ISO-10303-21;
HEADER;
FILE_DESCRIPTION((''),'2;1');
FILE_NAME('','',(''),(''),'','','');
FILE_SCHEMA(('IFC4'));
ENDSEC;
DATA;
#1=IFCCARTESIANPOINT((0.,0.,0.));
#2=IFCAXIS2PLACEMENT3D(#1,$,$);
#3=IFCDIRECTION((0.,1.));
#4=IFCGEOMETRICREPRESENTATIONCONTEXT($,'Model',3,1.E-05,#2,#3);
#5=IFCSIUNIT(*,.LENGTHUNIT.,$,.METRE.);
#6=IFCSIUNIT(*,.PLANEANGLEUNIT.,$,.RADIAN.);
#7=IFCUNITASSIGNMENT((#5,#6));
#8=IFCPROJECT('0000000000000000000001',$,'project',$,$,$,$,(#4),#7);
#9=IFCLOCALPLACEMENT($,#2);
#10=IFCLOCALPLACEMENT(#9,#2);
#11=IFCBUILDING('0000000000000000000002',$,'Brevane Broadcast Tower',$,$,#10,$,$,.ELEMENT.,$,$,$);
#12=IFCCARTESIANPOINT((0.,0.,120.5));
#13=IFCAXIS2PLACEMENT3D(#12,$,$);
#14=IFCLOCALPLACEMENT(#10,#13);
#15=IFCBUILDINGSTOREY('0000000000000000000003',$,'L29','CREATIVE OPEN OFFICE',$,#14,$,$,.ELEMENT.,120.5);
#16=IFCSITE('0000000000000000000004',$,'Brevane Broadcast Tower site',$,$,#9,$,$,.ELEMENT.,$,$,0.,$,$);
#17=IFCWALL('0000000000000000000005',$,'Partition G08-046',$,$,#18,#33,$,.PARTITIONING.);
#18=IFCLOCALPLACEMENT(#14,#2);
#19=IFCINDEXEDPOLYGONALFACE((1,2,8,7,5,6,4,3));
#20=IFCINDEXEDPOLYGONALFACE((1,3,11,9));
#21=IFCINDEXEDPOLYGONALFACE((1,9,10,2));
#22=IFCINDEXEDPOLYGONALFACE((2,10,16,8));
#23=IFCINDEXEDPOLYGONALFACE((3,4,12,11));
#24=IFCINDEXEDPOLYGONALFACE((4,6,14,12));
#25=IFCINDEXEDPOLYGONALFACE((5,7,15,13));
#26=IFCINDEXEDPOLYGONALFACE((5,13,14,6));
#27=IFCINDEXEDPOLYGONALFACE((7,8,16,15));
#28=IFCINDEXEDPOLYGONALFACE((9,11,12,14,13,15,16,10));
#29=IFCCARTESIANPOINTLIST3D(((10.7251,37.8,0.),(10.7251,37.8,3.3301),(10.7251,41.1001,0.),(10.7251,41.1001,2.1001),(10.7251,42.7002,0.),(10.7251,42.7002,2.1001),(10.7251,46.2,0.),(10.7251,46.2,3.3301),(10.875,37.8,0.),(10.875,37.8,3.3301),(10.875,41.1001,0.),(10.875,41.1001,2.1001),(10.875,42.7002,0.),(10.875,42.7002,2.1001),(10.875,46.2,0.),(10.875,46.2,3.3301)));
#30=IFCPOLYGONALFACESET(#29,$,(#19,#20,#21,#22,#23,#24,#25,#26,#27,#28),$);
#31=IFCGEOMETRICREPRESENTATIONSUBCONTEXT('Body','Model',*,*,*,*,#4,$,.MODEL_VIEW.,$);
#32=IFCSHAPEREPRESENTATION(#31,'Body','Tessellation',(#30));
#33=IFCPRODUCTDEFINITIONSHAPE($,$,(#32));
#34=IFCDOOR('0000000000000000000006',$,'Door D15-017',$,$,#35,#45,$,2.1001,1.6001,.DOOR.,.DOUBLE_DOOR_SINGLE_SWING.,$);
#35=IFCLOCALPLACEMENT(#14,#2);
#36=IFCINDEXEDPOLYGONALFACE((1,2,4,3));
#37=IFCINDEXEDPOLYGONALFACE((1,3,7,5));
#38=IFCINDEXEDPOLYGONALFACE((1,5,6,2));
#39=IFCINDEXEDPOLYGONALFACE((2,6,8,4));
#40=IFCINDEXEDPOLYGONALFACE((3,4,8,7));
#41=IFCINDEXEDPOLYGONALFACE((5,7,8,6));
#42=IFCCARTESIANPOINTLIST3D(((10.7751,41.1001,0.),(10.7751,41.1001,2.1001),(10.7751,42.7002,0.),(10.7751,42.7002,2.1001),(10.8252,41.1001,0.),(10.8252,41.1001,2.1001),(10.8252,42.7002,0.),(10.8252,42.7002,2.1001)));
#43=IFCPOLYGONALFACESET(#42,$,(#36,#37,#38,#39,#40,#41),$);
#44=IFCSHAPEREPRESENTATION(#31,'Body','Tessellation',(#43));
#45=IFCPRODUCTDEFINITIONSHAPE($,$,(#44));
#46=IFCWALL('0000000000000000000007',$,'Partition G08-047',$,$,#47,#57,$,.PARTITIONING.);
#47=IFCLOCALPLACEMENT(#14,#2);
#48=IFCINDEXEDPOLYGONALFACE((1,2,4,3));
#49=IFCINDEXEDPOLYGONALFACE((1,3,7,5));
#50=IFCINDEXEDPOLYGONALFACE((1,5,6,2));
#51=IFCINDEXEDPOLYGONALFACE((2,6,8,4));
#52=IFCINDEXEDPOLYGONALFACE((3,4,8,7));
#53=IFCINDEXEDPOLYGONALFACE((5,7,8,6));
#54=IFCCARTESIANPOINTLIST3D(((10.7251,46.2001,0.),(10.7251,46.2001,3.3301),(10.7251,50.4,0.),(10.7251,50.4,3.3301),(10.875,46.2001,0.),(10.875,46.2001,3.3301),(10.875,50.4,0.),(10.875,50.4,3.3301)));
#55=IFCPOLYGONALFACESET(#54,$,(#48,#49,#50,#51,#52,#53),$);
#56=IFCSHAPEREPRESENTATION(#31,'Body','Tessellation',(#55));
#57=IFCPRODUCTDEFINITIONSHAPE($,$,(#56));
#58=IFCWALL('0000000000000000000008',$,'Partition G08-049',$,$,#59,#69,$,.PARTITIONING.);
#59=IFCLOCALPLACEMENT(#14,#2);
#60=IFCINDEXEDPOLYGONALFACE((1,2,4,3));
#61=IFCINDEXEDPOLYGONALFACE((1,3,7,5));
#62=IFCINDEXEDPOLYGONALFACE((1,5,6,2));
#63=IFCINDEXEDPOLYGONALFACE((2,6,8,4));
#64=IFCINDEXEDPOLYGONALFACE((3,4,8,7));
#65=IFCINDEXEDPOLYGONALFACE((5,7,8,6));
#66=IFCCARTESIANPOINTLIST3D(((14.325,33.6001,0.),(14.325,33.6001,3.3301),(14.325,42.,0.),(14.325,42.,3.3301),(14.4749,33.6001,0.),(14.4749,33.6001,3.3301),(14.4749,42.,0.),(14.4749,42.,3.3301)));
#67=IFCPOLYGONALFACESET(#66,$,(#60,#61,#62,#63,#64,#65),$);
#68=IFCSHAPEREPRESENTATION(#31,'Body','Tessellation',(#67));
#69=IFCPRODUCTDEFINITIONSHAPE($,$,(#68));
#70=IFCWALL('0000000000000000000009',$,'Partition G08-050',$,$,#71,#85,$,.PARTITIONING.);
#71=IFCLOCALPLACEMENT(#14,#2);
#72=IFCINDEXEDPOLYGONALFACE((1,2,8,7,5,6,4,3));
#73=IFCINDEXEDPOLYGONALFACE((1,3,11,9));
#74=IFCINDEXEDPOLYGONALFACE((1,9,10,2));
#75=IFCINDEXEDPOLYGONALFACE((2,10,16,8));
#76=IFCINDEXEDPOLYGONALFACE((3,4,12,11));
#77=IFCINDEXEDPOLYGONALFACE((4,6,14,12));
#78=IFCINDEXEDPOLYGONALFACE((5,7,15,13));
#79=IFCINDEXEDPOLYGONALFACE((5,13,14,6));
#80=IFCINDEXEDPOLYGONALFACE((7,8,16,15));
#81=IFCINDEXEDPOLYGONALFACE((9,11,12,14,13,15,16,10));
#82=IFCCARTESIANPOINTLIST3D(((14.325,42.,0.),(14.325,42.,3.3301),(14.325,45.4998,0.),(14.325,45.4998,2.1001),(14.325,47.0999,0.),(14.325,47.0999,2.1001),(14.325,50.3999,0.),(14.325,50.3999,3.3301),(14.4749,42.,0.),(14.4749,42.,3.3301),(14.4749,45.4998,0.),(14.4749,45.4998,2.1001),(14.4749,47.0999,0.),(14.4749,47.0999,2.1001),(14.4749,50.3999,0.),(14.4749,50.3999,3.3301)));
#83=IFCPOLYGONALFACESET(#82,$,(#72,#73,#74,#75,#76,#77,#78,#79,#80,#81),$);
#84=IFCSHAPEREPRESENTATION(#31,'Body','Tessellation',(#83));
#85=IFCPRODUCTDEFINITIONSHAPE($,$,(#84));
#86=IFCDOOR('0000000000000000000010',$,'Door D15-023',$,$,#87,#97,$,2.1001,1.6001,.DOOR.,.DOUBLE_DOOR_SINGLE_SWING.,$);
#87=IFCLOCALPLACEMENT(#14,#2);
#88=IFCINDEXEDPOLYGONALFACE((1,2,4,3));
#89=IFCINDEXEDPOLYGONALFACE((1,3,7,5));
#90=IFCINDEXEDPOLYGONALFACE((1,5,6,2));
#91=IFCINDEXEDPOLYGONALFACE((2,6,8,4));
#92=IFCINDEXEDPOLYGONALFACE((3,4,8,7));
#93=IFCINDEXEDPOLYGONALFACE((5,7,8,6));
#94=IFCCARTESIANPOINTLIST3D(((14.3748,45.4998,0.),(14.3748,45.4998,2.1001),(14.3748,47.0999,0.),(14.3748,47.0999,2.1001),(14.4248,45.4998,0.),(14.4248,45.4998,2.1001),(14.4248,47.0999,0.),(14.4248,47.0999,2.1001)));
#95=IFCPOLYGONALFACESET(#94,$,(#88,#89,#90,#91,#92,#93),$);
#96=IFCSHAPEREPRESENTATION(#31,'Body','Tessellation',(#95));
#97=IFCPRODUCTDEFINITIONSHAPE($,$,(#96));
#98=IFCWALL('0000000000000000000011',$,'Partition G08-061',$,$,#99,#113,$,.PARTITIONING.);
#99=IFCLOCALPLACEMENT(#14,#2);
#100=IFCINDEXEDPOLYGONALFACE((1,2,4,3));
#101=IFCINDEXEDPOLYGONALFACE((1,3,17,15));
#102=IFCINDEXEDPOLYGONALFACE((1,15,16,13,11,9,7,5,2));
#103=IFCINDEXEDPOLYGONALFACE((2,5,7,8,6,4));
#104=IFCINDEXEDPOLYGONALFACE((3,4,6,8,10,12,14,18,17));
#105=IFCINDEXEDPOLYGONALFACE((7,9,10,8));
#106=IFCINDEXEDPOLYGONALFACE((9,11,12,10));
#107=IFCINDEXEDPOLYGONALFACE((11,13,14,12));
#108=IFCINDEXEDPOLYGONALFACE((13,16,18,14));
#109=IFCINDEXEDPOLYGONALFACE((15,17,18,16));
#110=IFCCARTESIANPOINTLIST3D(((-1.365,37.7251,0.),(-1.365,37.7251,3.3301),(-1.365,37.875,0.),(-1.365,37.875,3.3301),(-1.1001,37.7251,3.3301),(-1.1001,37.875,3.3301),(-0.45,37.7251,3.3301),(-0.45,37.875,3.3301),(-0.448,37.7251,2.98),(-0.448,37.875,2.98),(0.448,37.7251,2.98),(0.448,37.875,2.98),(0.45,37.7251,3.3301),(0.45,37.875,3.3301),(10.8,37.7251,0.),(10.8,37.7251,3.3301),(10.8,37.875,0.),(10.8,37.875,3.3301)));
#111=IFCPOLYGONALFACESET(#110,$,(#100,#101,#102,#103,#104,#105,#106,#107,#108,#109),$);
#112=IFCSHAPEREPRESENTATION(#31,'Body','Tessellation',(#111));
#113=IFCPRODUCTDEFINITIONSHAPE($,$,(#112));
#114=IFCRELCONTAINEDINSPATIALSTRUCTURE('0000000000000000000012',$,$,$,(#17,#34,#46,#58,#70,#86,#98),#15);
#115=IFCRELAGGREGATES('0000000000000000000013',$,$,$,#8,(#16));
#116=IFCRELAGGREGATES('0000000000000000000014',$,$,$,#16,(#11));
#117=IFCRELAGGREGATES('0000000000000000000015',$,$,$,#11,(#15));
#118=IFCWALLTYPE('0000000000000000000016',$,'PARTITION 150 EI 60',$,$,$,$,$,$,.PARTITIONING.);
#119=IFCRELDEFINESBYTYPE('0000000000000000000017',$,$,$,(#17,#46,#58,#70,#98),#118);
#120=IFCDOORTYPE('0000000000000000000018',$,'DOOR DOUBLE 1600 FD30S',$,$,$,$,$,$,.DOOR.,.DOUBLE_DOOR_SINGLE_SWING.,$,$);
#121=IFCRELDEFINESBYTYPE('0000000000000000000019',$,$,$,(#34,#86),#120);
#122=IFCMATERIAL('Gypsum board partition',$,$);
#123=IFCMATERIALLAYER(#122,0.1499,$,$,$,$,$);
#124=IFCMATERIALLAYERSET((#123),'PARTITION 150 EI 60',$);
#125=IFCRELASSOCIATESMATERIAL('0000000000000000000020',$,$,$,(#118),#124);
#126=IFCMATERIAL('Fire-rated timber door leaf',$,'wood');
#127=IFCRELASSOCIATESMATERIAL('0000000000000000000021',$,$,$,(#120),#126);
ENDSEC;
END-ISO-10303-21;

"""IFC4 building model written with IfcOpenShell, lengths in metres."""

from ifc_helpers import new_model, si_unit, direction, frame, frame_2d, origin, place, context, subcontext, project, spatial, polyline, rectangle, outline, extrude, material, layer, layer_set, type_object, element, fill, save


model = new_model("IFC4")

# Units and contexts
model_context = context("Model", 3, precision=1e-05, world=origin(), true_north=direction((0.0, 1.0)))
body_context = subcontext(model_context, "Body", "Model", "MODEL_VIEW")
ifc_project = project(units=[si_unit("LENGTHUNIT", "METRE"), si_unit("PLANEANGLEUNIT", "RADIAN")], contexts=[model_context])

# Site, building, storey
site_placement = place(None, origin())
site = spatial("IfcSite", under=ifc_project, at=site_placement, Name="Brevane Broadcast Tower site", CompositionType="ELEMENT", RefElevation=0.0)
building_placement = place(site_placement, origin())
building = spatial("IfcBuilding", under=site, at=building_placement, Name="Brevane Broadcast Tower", CompositionType="ELEMENT")
storey_placement = place(building_placement, frame((0.0, 0.0, 120.5)))
storey = spatial("IfcBuildingStorey", under=building, at=storey_placement, Name="L29", Description="CREATIVE OPEN OFFICE", CompositionType="ELEMENT", Elevation=120.5)

# Shared definitions
ifc_material_1 = material(Name="Gypsum board partition")

# Shared definitions
ifc_layer_1 = layer(ifc_material_1, 0.1499)
ifc_layer_set_1 = layer_set([ifc_layer_1], Name="PARTITION 150 EI 60")
wall_type_1 = type_object("IfcWallType", Name="PARTITION 150 EI 60", PredefinedType="PARTITIONING", material=ifc_layer_set_1)

# Wall, opening, door
wall_1_placement = place(storey_placement, frame((10.8, 37.8, 0.0), z_axis=(0.0, 0.0, 1.0), x_axis=(0.0, 1.0, 0.0)))
wall_1 = element("IfcWall", 1, at=wall_1_placement, inside=storey, type_object=wall_type_1, Name="Partition G08-046", PredefinedType="PARTITIONING", context=body_context, shape_type="SweptSolid", body=[
    extrude(rectangle(XDim=8.3999, YDim=0.1499, at=frame_2d((4.2, 0.0))), origin(), (0.0, 0.0, 1.0), 3.3301),
])
opening_1_placement = place(wall_1_placement, frame((3.3, 0.0, 0.0)))
opening_1 = element("IfcOpeningElement", 2, at=opening_1_placement, cuts=wall_1, PredefinedType="OPENING", context=body_context, shape_type="SweptSolid", body=[
    extrude(rectangle(XDim=1.6001, YDim=2.1001, at=frame_2d((0.8, 1.05))), frame((0.0, 0.085, 0.0), z_axis=(0.0, -1.0, 0.0), x_axis=(1.0, 0.0, 0.0)), (0.0, 0.0, 1.0), 0.1699),
])
ifc_material_2 = material(Name="Fire-rated timber door leaf", Category="wood")
door_type_1 = type_object("IfcDoorType", Name="DOOR DOUBLE 1600 FD30S", OperationType="DOUBLE_DOOR_SINGLE_SWING", PredefinedType="DOOR", material=ifc_material_2)
door_1_placement = place(opening_1_placement, origin())
door_1 = element("IfcDoor", 3, at=door_1_placement, inside=storey, type_object=door_type_1, Name="Door D15-017", OperationType="DOUBLE_DOOR_SINGLE_SWING", OverallHeight=2.1001, OverallWidth=1.6001, PredefinedType="DOOR", context=body_context, shape_type="SweptSolid", body=[
    extrude(rectangle(XDim=1.6001, YDim=2.1001, at=frame_2d((0.8, 1.05))), frame((0.0, 0.0249, 0.0), z_axis=(0.0, -1.0, 0.0), x_axis=(1.0, 0.0, 0.0)), (0.0, 0.0, 1.0), 0.05),
])
fill(opening_1, door_1)

# Walls
wall_2_placement = place(storey_placement, frame((10.8, 46.2, 0.0), z_axis=(0.0, 0.0, 1.0), x_axis=(0.0, 1.0, 0.0)))
element("IfcWall", 4, at=wall_2_placement, inside=storey, type_object=wall_type_1, Name="Partition G08-047", PredefinedType="PARTITIONING", context=body_context, shape_type="SweptSolid", body=[
    extrude(rectangle(XDim=4.2, YDim=0.1499, at=frame_2d((2.1001, 0.0))), origin(), (0.0, 0.0, 1.0), 3.3301),
])
wall_3_placement = place(storey_placement, frame((14.3999, 42.0, 0.0), z_axis=(0.0, 0.0, 1.0), x_axis=(0.0, -1.0, 0.0)))
element("IfcWall", 5, at=wall_3_placement, inside=storey, type_object=wall_type_1, Name="Partition G08-049", PredefinedType="PARTITIONING", context=body_context, shape_type="SweptSolid", body=[
    extrude(rectangle(XDim=8.3999, YDim=0.1499, at=frame_2d((4.2, 0.0))), origin(), (0.0, 0.0, 1.0), 3.3301),
])

# Wall, opening, door
wall_4_placement = place(storey_placement, frame((14.3999, 50.3999, 0.0), z_axis=(0.0, 0.0, 1.0), x_axis=(0.0, -1.0, 0.0)))
wall_4 = element("IfcWall", 6, at=wall_4_placement, inside=storey, type_object=wall_type_1, Name="Partition G08-050", PredefinedType="PARTITIONING", context=body_context, shape_type="SweptSolid", body=[
    extrude(rectangle(XDim=8.3999, YDim=0.1499, at=frame_2d((4.2, 0.0))), origin(), (0.0, 0.0, 1.0), 3.3301),
])
opening_2_placement = place(wall_4_placement, frame((3.3, 0.0, 0.0)))
opening_2 = element("IfcOpeningElement", 7, at=opening_2_placement, cuts=wall_4, PredefinedType="OPENING", context=body_context, shape_type="SweptSolid", body=[
    extrude(rectangle(XDim=1.6001, YDim=2.1001, at=frame_2d((0.8, 1.05))), frame((0.0, 0.085, 0.0), z_axis=(0.0, -1.0, 0.0), x_axis=(1.0, 0.0, 0.0)), (0.0, 0.0, 1.0), 0.1699),
])
door_2_placement = place(opening_2_placement, origin())
door_2 = element("IfcDoor", 8, at=door_2_placement, inside=storey, type_object=door_type_1, Name="Door D15-023", OperationType="DOUBLE_DOOR_SINGLE_SWING", OverallHeight=2.1001, OverallWidth=1.6001, PredefinedType="DOOR", context=body_context, shape_type="SweptSolid", body=[
    extrude(rectangle(XDim=1.6001, YDim=2.1001, at=frame_2d((0.8, 1.05))), frame((0.0, 0.0249, 0.0), z_axis=(0.0, -1.0, 0.0), x_axis=(1.0, 0.0, 0.0)), (0.0, 0.0, 1.0), 0.05),
])
fill(opening_2, door_2)

# Wall
wall_5_placement = place(storey_placement, frame((-1.365, 37.8, 0.0), z_axis=(0.0, 0.0, 1.0), x_axis=(1.0, 0.0, 0.0)))
element("IfcWall", 9, at=wall_5_placement, inside=storey, type_object=wall_type_1, Name="Partition G08-061", PredefinedType="PARTITIONING", context=body_context, shape_type="SweptSolid", body=[
    extrude(outline(polyline([(0.0, 0.0), (12.165, 0.0), (12.165, 3.3301), (1.8149, 3.3301), (1.813, 2.98), (0.917, 2.98), (0.915, 3.3301), (0.2649, 3.3301), (0.0, 3.3301), (0.0, 0.0)])), frame((0.0, 0.075, 0.0), z_axis=(0.0, -1.0, 0.0), x_axis=(1.0, 0.0, 0.0)), (0.0, 0.0, 1.0), 0.1499),
])

save(model, "model.ifc")
